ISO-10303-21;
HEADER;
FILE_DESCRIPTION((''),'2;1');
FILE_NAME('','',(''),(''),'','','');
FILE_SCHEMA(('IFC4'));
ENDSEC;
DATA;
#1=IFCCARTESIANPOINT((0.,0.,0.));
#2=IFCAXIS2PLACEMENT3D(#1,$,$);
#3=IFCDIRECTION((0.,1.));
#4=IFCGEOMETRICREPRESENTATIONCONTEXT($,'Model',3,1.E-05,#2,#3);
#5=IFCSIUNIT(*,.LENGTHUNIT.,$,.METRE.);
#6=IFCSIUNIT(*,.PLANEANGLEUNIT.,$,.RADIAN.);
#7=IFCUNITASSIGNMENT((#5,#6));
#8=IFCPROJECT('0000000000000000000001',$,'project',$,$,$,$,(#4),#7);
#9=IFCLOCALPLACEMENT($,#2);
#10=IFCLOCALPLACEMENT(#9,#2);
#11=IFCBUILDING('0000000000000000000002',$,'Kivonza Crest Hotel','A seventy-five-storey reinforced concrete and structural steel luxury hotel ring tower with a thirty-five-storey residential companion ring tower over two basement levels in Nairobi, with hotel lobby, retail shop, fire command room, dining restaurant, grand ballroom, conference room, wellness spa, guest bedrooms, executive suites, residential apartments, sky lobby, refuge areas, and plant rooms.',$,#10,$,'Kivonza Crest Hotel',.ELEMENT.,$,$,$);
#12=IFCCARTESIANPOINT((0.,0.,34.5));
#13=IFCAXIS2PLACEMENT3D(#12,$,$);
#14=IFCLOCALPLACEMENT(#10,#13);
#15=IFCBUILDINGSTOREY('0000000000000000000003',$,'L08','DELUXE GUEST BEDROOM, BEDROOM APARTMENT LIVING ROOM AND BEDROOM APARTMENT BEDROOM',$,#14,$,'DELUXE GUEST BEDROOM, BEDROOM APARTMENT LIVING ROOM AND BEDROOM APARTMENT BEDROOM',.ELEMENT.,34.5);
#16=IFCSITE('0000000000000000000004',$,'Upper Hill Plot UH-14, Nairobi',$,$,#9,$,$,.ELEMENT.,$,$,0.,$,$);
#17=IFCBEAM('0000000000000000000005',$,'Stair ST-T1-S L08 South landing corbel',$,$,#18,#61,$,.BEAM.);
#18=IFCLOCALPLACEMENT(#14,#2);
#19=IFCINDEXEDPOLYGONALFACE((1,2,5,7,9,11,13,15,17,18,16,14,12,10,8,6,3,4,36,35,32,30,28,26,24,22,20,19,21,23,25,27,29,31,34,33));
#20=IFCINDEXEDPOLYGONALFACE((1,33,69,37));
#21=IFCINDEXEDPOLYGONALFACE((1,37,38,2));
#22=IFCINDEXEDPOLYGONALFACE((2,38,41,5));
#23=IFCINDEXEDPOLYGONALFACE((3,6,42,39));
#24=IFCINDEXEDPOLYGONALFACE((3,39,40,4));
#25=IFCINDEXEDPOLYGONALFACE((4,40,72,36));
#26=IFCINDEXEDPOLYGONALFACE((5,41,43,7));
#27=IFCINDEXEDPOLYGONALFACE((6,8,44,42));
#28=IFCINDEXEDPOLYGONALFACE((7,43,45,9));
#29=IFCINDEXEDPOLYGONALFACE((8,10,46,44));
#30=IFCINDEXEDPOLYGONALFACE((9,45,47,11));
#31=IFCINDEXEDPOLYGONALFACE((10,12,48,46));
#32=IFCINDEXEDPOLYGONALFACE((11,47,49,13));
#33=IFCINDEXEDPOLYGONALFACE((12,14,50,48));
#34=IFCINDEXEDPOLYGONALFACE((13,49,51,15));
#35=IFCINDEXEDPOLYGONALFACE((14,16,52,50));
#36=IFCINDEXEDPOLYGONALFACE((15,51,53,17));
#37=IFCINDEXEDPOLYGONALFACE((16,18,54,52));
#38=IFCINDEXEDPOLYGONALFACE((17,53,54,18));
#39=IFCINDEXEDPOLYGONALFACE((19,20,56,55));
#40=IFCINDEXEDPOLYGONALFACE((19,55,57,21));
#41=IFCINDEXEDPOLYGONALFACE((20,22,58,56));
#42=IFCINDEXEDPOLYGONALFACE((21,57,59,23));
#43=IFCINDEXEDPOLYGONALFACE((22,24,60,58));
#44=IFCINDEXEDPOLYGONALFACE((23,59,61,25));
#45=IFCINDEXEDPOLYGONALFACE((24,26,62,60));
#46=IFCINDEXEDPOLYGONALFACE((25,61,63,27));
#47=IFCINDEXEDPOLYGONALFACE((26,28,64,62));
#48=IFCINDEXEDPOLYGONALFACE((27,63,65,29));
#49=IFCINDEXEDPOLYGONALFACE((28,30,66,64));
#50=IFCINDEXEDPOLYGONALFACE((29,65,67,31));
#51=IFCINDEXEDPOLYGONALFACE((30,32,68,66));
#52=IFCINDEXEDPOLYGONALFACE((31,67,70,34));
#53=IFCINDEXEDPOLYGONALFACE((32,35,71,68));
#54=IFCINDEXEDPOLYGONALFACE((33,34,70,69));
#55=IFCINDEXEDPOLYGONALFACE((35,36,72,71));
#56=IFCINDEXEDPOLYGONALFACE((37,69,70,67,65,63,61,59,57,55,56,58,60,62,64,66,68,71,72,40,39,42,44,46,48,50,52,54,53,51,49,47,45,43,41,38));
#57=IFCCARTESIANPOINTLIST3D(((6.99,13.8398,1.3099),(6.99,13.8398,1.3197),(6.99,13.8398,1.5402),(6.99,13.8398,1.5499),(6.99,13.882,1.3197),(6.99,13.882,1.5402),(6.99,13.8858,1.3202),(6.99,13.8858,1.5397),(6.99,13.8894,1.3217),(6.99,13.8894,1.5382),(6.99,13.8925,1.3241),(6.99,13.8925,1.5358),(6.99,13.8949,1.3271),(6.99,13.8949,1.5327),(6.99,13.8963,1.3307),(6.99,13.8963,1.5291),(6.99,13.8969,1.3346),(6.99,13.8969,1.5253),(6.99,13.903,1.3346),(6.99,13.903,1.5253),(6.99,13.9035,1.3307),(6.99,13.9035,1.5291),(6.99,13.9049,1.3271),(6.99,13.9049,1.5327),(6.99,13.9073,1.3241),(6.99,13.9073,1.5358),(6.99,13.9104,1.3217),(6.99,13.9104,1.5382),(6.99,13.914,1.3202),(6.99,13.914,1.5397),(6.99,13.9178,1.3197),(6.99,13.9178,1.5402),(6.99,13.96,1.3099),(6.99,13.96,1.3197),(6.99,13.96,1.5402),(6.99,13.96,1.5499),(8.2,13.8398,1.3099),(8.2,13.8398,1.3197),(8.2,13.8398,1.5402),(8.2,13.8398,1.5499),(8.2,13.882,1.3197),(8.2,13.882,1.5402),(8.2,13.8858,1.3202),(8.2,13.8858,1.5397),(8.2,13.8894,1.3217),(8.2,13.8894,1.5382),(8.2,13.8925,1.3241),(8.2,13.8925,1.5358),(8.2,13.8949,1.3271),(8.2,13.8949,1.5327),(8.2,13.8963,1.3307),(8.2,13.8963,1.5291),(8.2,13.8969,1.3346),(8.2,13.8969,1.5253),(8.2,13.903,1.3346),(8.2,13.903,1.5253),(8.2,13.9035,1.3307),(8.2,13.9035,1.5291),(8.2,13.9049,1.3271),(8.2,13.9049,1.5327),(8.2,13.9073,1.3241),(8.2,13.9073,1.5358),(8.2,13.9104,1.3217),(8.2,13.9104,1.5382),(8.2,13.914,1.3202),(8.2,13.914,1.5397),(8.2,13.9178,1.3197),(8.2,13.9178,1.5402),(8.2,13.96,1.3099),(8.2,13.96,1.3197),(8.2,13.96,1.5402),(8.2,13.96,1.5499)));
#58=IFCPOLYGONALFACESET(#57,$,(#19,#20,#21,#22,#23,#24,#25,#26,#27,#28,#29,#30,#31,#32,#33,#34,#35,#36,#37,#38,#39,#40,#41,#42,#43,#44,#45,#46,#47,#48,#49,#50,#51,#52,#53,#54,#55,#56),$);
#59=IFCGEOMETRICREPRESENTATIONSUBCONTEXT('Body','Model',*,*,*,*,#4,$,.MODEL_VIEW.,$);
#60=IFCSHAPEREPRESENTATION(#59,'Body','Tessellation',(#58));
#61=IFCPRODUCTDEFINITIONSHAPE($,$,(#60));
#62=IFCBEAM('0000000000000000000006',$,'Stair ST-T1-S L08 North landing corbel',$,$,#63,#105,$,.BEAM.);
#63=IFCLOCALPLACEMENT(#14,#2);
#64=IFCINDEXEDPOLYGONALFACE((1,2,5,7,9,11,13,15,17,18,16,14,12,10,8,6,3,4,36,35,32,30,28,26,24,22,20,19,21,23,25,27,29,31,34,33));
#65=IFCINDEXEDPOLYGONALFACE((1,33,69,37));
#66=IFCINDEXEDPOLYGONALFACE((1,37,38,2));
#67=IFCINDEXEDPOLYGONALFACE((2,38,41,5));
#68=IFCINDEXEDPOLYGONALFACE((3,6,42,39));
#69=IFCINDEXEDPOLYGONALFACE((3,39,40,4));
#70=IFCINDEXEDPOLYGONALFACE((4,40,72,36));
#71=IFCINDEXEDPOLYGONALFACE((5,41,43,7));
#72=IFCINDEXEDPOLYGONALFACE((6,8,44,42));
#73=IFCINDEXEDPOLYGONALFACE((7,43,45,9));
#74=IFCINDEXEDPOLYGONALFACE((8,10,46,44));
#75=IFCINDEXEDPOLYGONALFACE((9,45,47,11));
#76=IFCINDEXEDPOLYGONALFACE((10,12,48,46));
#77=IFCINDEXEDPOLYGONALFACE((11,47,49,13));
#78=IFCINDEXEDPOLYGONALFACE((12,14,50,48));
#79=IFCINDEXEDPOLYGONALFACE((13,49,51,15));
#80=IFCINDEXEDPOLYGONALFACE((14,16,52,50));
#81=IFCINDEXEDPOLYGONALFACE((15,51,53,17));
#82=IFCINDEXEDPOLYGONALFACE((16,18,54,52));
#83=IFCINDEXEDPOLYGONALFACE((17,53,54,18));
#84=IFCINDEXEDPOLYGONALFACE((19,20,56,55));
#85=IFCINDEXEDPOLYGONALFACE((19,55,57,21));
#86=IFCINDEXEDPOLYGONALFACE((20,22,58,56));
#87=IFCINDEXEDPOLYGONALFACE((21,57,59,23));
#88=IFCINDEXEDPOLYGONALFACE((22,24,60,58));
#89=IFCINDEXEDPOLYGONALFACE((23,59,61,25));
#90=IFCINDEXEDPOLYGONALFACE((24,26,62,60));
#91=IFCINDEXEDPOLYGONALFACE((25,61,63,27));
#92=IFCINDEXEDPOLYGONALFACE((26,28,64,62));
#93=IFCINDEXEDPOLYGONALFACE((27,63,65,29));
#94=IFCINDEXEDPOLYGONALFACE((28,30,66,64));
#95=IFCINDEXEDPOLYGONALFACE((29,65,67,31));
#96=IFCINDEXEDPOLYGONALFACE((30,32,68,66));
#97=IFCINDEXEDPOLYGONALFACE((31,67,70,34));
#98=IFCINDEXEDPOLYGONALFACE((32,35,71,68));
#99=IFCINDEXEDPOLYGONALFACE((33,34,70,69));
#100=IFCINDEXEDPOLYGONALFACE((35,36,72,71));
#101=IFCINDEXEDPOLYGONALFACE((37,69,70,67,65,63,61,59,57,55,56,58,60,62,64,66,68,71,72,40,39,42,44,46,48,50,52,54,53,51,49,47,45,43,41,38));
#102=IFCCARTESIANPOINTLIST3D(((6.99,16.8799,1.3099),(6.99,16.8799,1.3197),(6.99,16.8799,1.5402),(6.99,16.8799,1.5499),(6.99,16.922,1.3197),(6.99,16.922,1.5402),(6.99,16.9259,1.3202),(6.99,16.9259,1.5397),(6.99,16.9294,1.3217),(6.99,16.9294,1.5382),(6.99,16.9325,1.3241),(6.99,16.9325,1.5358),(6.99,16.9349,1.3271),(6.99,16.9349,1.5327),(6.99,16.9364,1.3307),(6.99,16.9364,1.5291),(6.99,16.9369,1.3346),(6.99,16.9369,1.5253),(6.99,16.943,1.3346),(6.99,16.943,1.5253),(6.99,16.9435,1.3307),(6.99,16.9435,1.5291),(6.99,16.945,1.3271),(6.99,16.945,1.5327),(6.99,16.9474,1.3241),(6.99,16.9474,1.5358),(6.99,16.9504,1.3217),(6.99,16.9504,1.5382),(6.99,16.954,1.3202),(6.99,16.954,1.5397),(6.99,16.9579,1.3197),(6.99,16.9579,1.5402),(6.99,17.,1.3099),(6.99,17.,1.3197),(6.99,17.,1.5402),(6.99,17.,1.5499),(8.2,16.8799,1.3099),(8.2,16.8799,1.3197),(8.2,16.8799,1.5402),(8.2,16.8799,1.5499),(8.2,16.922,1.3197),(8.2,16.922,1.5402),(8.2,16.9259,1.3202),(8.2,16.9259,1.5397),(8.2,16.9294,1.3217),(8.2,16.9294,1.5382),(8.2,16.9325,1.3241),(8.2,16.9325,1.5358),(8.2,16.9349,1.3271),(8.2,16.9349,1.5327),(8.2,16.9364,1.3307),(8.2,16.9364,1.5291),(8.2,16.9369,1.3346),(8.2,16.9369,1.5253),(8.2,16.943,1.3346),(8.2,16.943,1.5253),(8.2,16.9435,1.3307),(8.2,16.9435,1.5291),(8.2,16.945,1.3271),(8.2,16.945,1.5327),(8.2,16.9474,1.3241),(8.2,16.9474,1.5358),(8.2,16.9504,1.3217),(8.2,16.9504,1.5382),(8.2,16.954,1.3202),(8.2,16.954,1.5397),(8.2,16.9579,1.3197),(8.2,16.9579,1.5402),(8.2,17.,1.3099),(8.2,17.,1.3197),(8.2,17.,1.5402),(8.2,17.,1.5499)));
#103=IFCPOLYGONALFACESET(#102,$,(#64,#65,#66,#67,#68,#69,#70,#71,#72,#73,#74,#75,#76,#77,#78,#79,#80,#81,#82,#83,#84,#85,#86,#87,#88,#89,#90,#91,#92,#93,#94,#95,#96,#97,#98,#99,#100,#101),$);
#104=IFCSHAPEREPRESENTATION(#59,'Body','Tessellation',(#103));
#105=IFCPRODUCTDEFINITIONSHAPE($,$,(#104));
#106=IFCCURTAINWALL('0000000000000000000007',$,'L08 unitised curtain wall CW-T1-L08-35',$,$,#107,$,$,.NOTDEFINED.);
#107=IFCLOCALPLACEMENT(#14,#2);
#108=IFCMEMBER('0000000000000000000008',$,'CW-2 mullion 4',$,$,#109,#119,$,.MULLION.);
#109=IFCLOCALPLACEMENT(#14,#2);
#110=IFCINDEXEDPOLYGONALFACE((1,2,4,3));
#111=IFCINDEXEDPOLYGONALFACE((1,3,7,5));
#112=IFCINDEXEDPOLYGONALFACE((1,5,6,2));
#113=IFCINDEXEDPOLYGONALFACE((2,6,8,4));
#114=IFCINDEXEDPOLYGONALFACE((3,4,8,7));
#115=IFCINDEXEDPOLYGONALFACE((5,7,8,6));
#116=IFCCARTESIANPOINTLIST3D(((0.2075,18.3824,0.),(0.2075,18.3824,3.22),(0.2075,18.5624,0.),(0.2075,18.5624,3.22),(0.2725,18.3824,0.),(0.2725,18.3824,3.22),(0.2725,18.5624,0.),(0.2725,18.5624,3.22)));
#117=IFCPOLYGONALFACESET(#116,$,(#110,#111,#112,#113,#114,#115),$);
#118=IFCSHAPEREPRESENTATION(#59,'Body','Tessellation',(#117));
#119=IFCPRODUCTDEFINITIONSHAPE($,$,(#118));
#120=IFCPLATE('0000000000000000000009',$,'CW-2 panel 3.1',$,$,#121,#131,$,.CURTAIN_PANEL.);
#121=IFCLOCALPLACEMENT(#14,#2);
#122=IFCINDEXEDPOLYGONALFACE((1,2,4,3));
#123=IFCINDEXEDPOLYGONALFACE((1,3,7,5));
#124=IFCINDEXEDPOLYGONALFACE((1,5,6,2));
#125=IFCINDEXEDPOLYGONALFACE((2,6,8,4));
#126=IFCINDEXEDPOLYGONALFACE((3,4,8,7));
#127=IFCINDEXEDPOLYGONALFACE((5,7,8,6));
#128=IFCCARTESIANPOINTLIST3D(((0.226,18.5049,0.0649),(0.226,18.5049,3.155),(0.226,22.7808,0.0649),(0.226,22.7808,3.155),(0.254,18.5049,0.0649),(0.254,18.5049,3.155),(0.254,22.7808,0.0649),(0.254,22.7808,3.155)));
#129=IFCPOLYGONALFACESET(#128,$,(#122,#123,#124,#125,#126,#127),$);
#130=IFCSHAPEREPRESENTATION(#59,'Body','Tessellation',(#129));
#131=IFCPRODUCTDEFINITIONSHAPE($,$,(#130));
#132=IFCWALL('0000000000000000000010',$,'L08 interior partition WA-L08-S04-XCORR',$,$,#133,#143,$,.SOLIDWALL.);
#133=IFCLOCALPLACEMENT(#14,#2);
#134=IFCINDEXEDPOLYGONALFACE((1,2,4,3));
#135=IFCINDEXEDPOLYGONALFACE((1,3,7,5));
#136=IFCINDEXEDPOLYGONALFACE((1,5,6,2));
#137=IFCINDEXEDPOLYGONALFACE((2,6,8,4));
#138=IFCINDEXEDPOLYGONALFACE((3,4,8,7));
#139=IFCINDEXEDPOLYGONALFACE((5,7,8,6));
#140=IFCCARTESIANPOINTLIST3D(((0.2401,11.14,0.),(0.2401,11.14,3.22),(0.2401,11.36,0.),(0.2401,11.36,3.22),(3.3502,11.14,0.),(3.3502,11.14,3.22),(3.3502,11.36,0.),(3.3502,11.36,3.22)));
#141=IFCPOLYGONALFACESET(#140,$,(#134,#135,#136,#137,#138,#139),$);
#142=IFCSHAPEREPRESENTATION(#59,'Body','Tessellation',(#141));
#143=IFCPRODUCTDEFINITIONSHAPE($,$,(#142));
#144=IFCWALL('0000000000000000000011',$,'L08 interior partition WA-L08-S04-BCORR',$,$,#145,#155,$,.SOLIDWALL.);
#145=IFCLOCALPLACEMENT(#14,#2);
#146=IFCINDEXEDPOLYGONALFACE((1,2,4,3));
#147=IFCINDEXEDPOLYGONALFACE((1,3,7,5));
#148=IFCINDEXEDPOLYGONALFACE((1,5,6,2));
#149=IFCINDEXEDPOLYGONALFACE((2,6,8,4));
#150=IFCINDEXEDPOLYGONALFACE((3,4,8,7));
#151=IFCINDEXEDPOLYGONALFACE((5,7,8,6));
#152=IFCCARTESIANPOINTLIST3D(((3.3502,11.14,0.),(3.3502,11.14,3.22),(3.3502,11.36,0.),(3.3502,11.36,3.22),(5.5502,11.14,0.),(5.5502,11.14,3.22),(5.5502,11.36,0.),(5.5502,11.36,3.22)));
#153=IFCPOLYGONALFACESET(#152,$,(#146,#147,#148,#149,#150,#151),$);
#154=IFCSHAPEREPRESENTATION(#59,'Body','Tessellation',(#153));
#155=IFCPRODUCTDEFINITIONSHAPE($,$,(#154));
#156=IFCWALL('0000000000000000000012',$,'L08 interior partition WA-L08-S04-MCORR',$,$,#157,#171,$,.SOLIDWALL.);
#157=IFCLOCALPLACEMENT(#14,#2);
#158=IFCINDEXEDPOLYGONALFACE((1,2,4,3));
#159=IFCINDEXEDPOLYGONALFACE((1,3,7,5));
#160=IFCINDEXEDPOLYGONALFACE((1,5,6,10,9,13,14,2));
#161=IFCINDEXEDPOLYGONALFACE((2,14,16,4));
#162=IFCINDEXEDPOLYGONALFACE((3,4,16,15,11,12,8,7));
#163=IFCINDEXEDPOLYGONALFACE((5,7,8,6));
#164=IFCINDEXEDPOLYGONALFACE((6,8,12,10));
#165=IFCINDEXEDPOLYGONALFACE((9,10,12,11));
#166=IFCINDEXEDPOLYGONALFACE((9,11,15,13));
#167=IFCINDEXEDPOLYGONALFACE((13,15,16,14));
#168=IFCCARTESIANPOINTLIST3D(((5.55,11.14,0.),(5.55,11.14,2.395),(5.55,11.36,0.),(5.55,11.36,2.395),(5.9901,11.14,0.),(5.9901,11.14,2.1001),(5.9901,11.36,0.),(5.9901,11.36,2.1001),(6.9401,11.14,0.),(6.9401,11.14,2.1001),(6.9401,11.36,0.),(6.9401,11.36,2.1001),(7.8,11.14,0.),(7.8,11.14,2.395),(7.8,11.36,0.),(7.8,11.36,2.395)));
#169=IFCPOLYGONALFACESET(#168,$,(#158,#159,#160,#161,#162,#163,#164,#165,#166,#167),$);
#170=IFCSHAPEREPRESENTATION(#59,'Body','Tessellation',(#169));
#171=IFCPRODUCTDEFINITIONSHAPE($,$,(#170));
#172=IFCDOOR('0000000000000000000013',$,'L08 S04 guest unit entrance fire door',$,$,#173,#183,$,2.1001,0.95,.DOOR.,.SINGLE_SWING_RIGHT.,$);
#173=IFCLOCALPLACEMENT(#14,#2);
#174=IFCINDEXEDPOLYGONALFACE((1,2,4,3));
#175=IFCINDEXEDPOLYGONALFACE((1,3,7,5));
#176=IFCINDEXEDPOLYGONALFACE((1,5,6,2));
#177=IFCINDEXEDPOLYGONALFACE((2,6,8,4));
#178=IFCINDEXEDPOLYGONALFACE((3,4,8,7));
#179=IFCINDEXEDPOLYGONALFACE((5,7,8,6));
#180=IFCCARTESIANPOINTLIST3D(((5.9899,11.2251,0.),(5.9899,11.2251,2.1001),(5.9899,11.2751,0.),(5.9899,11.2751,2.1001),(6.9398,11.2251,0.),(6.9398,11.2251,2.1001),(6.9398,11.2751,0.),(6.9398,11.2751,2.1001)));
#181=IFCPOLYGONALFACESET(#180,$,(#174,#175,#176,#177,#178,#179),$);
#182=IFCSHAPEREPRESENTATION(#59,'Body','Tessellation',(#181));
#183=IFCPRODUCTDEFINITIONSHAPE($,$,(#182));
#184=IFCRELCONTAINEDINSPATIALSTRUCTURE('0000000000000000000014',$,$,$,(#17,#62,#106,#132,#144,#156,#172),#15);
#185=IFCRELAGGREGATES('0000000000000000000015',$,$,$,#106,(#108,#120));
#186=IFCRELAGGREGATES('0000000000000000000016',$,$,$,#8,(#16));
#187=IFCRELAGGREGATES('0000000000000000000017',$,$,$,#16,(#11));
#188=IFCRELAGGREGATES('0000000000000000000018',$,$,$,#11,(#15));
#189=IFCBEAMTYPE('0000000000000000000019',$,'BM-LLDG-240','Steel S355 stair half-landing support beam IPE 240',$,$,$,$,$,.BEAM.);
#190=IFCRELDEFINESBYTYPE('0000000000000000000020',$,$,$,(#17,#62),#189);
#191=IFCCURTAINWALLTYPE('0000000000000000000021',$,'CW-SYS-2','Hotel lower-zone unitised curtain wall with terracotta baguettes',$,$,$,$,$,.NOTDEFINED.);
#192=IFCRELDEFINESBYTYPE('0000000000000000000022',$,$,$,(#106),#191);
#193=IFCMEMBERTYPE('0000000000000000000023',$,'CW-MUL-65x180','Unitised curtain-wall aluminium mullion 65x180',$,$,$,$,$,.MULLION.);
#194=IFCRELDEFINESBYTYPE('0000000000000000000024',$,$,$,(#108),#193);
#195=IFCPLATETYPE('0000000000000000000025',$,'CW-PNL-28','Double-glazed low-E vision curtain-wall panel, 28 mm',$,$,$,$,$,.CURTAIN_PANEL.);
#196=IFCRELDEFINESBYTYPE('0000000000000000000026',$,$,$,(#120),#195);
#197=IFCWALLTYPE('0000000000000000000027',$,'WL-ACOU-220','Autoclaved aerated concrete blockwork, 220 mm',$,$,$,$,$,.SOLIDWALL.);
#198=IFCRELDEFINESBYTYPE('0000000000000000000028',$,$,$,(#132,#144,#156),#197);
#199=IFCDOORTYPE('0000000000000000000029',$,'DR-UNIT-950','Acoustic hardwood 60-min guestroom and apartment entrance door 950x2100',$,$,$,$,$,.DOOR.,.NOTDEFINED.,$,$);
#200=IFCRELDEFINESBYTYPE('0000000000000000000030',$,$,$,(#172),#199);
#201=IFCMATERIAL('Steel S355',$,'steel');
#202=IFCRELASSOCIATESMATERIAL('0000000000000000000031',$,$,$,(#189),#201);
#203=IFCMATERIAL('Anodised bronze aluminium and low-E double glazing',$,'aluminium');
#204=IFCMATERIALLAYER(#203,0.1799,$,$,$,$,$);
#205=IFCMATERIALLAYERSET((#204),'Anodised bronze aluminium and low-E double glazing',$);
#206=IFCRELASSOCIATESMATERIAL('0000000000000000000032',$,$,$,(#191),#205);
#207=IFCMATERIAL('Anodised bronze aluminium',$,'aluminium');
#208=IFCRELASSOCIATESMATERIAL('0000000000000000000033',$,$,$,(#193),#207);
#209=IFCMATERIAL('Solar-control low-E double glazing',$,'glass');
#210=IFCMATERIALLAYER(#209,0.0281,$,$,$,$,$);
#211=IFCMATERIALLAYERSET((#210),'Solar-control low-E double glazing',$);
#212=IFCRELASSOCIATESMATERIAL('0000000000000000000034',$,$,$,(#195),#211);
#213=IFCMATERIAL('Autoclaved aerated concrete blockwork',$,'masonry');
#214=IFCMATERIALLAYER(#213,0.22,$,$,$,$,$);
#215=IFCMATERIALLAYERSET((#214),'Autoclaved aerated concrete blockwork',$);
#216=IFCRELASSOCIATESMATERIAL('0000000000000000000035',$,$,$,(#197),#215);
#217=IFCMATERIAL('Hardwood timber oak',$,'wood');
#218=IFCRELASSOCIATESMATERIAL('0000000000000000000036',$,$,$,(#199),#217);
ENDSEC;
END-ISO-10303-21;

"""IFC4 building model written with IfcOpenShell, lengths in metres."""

from ifc_helpers import new_model, si_unit, direction, frame, frame_2d, origin, origin_2d, place, context, subcontext, project, spatial, rectangle, i_section, extrude, material, layer, layer_set, material_profile, profile_set, type_object, element, fill, aggregate, save


model = new_model("IFC4")

# Units and contexts
model_context = context("Model", 3, precision=1e-05, world=origin(), true_north=direction((0.0, 1.0)))
body_context = subcontext(model_context, "Body", "Model", "MODEL_VIEW")
ifc_project = project(units=[si_unit("LENGTHUNIT", "METRE"), si_unit("PLANEANGLEUNIT", "RADIAN")], contexts=[model_context])

# Site, building, storey
site_placement = place(None, origin())
site = spatial("IfcSite", under=ifc_project, at=site_placement, Name="Upper Hill Plot UH-14, Nairobi", CompositionType="ELEMENT", RefElevation=0.0)
building_placement = place(site_placement, origin())
building = spatial("IfcBuilding", under=site, at=building_placement, Name="Kivonza Crest Hotel", Description="A seventy-five-storey reinforced concrete and structural steel luxury hotel ring tower with a thirty-five-storey residential companion ring tower over two basement levels in Nairobi, with hotel lobby, retail shop, fire command room, dining restaurant, grand ballroom, conference room, wellness spa, guest bedrooms, executive suites, residential apartments, sky lobby, refuge areas, and plant rooms.", LongName="Kivonza Crest Hotel", CompositionType="ELEMENT")
storey_placement = place(building_placement, frame((0.0, 0.0, 34.5)))
storey = spatial("IfcBuildingStorey", under=building, at=storey_placement, Name="L08", Description="DELUXE GUEST BEDROOM, BEDROOM APARTMENT LIVING ROOM AND BEDROOM APARTMENT BEDROOM", LongName="DELUXE GUEST BEDROOM, BEDROOM APARTMENT LIVING ROOM AND BEDROOM APARTMENT BEDROOM", CompositionType="ELEMENT", Elevation=34.5)

# Beams
ifc_material_1 = material(Name="Steel S355", Category="steel")
ifc_material_profile_1 = material_profile(ifc_material_1, i_section(OverallWidth=0.1201, OverallDepth=0.24, WebThickness=0.0061, FlangeThickness=0.0098, FilletRadius=0.0149, at=origin_2d()), Name="IPE 240")
ifc_profile_set_1 = profile_set([ifc_material_profile_1], Name="Steel S355")
beam_type_1 = type_object("IfcBeamType", Name="BM-LLDG-240", Description="Steel S355 stair half-landing support beam IPE 240", PredefinedType="BEAM", material=ifc_profile_set_1)
for number, where, z_axis, x_axis, name in (
    (1, (6.99, 13.8999, 1.4299), (1.0, 0.0, 0.0), (0.0, 1.0, 0.0), "Stair ST-T1-S L08 South landing corbel"),
    (2, (6.99, 16.9399, 1.4299), (1.0, 0.0, 0.0), (0.0, 1.0, 0.0), "Stair ST-T1-S L08 North landing corbel"),
):
    element("IfcBeam", number, at=place(storey_placement, frame(where, z_axis=z_axis, x_axis=x_axis)), inside=storey, type_object=beam_type_1, Name=name, PredefinedType="BEAM", context=body_context, shape_type="SweptSolid", body=[
        extrude(i_section(OverallWidth=0.1201, OverallDepth=0.24, WebThickness=0.0061, FlangeThickness=0.0098, FilletRadius=0.0149, at=origin_2d()), origin(), (0.0, 0.0, 1.0), 1.21),
    ])

# Curtain wall, member, plate
ifc_material_2 = material(Name="Anodised bronze aluminium and low-E double glazing", Category="aluminium")
ifc_layer_1 = layer(ifc_material_2, 0.1799)
ifc_layer_set_1 = layer_set([ifc_layer_1], Name="Anodised bronze aluminium and low-E double glazing")
curtain_wall_type = type_object("IfcCurtainWallType", Name="CW-SYS-2", Description="Hotel lower-zone unitised curtain wall with terracotta baguettes", PredefinedType="NOTDEFINED", material=ifc_layer_set_1)
curtain_wall_placement = place(storey_placement, origin())
curtain_wall = element("IfcCurtainWall", 3, at=curtain_wall_placement, inside=storey, type_object=curtain_wall_type, Name="L08 unitised curtain wall CW-T1-L08-35", PredefinedType="NOTDEFINED")
ifc_material_3 = material(Name="Anodised bronze aluminium", Category="aluminium")
ifc_material_profile_2 = material_profile(ifc_material_3, rectangle(XDim=0.0649, YDim=0.1799, at=origin_2d()), Name="CW-M 65x180")
ifc_profile_set_2 = profile_set([ifc_material_profile_2], Name="Anodised bronze aluminium")
member_type = type_object("IfcMemberType", Name="CW-MUL-65x180", Description="Unitised curtain-wall aluminium mullion 65x180", PredefinedType="MULLION", material=ifc_profile_set_2)
member_placement = place(storey_placement, frame((0.24, 18.4724, 0.0), z_axis=(0.0, 0.0, 1.0), x_axis=(1.0, 0.0, 0.0)))
member = element("IfcMember", 4, at=member_placement, type_object=member_type, Name="CW-2 mullion 4", PredefinedType="MULLION", context=body_context, shape_type="SweptSolid", body=[
    extrude(rectangle(XDim=0.0649, YDim=0.1799, at=origin_2d()), origin(), (0.0, 0.0, 1.0), 3.22),
])
ifc_material_4 = material(Name="Solar-control low-E double glazing", Category="glass")
ifc_layer_2 = layer(ifc_material_4, 0.0281)
ifc_layer_set_2 = layer_set([ifc_layer_2], Name="Solar-control low-E double glazing")
plate_type = type_object("IfcPlateType", Name="CW-PNL-28", Description="Double-glazed low-E vision curtain-wall panel, 28 mm", PredefinedType="CURTAIN_PANEL", material=ifc_layer_set_2)
plate_placement = place(storey_placement, frame((0.24, 20.6428, 0.0649), z_axis=(0.0, 0.0, 1.0), x_axis=(0.0, -1.0, 0.0)))
plate = element("IfcPlate", 5, at=plate_placement, type_object=plate_type, Name="CW-2 panel 3.1", PredefinedType="CURTAIN_PANEL", context=body_context, shape_type="SweptSolid", body=[
    extrude(rectangle(XDim=4.2759, YDim=0.0281, at=origin_2d()), origin(), (0.0, 0.0, 1.0), 3.0901),
])
aggregate(curtain_wall, [member, plate])

# Walls
ifc_material_5 = material(Name="Autoclaved aerated concrete blockwork", Category="masonry")
ifc_layer_3 = layer(ifc_material_5, 0.22)
ifc_layer_set_3 = layer_set([ifc_layer_3], Name="Autoclaved aerated concrete blockwork")
wall_type_1 = type_object("IfcWallType", Name="WL-ACOU-220", Description="Autoclaved aerated concrete blockwork, 220 mm", PredefinedType="SOLIDWALL", material=ifc_layer_set_3)
wall_1_placement = place(storey_placement, frame((0.24, 11.25, 0.0), z_axis=(0.0, 0.0, 1.0), x_axis=(1.0, 0.0, 0.0)))
element("IfcWall", 6, at=wall_1_placement, inside=storey, type_object=wall_type_1, Name="L08 interior partition WA-L08-S04-XCORR", PredefinedType="SOLIDWALL", context=body_context, shape_type="SweptSolid", body=[
    extrude(rectangle(XDim=3.1101, YDim=0.22, at=frame_2d((1.5552, 0.0))), origin(), (0.0, 0.0, 1.0), 3.22),
])
wall_2_placement = place(storey_placement, frame((3.3501, 11.25, 0.0), z_axis=(0.0, 0.0, 1.0), x_axis=(1.0, 0.0, 0.0)))
element("IfcWall", 7, at=wall_2_placement, inside=storey, type_object=wall_type_1, Name="L08 interior partition WA-L08-S04-BCORR", PredefinedType="SOLIDWALL", context=body_context, shape_type="SweptSolid", body=[
    extrude(rectangle(XDim=2.2, YDim=0.22, at=frame_2d((1.1001, 0.0))), origin(), (0.0, 0.0, 1.0), 3.22),
])

# Wall, opening, door
wall_3_placement = place(storey_placement, frame((5.55, 11.25, 0.0), z_axis=(0.0, 0.0, 1.0), x_axis=(1.0, 0.0, 0.0)))
wall_3 = element("IfcWall", 8, at=wall_3_placement, inside=storey, type_object=wall_type_1, Name="L08 interior partition WA-L08-S04-MCORR", PredefinedType="SOLIDWALL", context=body_context, shape_type="SweptSolid", body=[
    extrude(rectangle(XDim=2.25, YDim=0.22, at=frame_2d((1.125, 0.0))), origin(), (0.0, 0.0, 1.0), 2.395),
])
opening_1_placement = place(wall_3_placement, frame((0.4399, 0.0, 0.0)))
opening_1 = element("IfcOpeningElement", 9, at=opening_1_placement, cuts=wall_3, PredefinedType="OPENING", context=body_context, shape_type="SweptSolid", body=[
    extrude(rectangle(XDim=0.95, YDim=2.1001, at=frame_2d((0.4751, 1.05))), frame((0.0, 0.1201, 0.0), z_axis=(0.0, -1.0, 0.0), x_axis=(1.0, 0.0, 0.0)), (0.0, 0.0, 1.0), 0.24),
])
ifc_material_6 = material(Name="Hardwood timber oak", Category="wood")
door_type_1 = type_object("IfcDoorType", Name="DR-UNIT-950", Description="Acoustic hardwood 60-min guestroom and apartment entrance door 950x2100", OperationType="NOTDEFINED", PredefinedType="DOOR", material=ifc_material_6)
door_1_placement = place(opening_1_placement, frame((0.95, 0.0, 0.0), z_axis=(0.0, 0.0, 1.0), x_axis=(-1.0, 0.0, 0.0)))
door_1 = element("IfcDoor", 10, at=door_1_placement, inside=storey, type_object=door_type_1, Name="L08 S04 guest unit entrance fire door", OperationType="SINGLE_SWING_RIGHT", OverallHeight=2.1001, OverallWidth=0.95, PredefinedType="DOOR", context=body_context, shape_type="SweptSolid", body=[
    extrude(rectangle(XDim=0.95, YDim=2.1001, at=frame_2d((0.4751, 1.05))), frame((0.0, 0.0249, 0.0), z_axis=(0.0, -1.0, 0.0), x_axis=(1.0, 0.0, 0.0)), (0.0, 0.0, 1.0), 0.05),
])
fill(opening_1, door_1)

save(model, "model.ifc")
